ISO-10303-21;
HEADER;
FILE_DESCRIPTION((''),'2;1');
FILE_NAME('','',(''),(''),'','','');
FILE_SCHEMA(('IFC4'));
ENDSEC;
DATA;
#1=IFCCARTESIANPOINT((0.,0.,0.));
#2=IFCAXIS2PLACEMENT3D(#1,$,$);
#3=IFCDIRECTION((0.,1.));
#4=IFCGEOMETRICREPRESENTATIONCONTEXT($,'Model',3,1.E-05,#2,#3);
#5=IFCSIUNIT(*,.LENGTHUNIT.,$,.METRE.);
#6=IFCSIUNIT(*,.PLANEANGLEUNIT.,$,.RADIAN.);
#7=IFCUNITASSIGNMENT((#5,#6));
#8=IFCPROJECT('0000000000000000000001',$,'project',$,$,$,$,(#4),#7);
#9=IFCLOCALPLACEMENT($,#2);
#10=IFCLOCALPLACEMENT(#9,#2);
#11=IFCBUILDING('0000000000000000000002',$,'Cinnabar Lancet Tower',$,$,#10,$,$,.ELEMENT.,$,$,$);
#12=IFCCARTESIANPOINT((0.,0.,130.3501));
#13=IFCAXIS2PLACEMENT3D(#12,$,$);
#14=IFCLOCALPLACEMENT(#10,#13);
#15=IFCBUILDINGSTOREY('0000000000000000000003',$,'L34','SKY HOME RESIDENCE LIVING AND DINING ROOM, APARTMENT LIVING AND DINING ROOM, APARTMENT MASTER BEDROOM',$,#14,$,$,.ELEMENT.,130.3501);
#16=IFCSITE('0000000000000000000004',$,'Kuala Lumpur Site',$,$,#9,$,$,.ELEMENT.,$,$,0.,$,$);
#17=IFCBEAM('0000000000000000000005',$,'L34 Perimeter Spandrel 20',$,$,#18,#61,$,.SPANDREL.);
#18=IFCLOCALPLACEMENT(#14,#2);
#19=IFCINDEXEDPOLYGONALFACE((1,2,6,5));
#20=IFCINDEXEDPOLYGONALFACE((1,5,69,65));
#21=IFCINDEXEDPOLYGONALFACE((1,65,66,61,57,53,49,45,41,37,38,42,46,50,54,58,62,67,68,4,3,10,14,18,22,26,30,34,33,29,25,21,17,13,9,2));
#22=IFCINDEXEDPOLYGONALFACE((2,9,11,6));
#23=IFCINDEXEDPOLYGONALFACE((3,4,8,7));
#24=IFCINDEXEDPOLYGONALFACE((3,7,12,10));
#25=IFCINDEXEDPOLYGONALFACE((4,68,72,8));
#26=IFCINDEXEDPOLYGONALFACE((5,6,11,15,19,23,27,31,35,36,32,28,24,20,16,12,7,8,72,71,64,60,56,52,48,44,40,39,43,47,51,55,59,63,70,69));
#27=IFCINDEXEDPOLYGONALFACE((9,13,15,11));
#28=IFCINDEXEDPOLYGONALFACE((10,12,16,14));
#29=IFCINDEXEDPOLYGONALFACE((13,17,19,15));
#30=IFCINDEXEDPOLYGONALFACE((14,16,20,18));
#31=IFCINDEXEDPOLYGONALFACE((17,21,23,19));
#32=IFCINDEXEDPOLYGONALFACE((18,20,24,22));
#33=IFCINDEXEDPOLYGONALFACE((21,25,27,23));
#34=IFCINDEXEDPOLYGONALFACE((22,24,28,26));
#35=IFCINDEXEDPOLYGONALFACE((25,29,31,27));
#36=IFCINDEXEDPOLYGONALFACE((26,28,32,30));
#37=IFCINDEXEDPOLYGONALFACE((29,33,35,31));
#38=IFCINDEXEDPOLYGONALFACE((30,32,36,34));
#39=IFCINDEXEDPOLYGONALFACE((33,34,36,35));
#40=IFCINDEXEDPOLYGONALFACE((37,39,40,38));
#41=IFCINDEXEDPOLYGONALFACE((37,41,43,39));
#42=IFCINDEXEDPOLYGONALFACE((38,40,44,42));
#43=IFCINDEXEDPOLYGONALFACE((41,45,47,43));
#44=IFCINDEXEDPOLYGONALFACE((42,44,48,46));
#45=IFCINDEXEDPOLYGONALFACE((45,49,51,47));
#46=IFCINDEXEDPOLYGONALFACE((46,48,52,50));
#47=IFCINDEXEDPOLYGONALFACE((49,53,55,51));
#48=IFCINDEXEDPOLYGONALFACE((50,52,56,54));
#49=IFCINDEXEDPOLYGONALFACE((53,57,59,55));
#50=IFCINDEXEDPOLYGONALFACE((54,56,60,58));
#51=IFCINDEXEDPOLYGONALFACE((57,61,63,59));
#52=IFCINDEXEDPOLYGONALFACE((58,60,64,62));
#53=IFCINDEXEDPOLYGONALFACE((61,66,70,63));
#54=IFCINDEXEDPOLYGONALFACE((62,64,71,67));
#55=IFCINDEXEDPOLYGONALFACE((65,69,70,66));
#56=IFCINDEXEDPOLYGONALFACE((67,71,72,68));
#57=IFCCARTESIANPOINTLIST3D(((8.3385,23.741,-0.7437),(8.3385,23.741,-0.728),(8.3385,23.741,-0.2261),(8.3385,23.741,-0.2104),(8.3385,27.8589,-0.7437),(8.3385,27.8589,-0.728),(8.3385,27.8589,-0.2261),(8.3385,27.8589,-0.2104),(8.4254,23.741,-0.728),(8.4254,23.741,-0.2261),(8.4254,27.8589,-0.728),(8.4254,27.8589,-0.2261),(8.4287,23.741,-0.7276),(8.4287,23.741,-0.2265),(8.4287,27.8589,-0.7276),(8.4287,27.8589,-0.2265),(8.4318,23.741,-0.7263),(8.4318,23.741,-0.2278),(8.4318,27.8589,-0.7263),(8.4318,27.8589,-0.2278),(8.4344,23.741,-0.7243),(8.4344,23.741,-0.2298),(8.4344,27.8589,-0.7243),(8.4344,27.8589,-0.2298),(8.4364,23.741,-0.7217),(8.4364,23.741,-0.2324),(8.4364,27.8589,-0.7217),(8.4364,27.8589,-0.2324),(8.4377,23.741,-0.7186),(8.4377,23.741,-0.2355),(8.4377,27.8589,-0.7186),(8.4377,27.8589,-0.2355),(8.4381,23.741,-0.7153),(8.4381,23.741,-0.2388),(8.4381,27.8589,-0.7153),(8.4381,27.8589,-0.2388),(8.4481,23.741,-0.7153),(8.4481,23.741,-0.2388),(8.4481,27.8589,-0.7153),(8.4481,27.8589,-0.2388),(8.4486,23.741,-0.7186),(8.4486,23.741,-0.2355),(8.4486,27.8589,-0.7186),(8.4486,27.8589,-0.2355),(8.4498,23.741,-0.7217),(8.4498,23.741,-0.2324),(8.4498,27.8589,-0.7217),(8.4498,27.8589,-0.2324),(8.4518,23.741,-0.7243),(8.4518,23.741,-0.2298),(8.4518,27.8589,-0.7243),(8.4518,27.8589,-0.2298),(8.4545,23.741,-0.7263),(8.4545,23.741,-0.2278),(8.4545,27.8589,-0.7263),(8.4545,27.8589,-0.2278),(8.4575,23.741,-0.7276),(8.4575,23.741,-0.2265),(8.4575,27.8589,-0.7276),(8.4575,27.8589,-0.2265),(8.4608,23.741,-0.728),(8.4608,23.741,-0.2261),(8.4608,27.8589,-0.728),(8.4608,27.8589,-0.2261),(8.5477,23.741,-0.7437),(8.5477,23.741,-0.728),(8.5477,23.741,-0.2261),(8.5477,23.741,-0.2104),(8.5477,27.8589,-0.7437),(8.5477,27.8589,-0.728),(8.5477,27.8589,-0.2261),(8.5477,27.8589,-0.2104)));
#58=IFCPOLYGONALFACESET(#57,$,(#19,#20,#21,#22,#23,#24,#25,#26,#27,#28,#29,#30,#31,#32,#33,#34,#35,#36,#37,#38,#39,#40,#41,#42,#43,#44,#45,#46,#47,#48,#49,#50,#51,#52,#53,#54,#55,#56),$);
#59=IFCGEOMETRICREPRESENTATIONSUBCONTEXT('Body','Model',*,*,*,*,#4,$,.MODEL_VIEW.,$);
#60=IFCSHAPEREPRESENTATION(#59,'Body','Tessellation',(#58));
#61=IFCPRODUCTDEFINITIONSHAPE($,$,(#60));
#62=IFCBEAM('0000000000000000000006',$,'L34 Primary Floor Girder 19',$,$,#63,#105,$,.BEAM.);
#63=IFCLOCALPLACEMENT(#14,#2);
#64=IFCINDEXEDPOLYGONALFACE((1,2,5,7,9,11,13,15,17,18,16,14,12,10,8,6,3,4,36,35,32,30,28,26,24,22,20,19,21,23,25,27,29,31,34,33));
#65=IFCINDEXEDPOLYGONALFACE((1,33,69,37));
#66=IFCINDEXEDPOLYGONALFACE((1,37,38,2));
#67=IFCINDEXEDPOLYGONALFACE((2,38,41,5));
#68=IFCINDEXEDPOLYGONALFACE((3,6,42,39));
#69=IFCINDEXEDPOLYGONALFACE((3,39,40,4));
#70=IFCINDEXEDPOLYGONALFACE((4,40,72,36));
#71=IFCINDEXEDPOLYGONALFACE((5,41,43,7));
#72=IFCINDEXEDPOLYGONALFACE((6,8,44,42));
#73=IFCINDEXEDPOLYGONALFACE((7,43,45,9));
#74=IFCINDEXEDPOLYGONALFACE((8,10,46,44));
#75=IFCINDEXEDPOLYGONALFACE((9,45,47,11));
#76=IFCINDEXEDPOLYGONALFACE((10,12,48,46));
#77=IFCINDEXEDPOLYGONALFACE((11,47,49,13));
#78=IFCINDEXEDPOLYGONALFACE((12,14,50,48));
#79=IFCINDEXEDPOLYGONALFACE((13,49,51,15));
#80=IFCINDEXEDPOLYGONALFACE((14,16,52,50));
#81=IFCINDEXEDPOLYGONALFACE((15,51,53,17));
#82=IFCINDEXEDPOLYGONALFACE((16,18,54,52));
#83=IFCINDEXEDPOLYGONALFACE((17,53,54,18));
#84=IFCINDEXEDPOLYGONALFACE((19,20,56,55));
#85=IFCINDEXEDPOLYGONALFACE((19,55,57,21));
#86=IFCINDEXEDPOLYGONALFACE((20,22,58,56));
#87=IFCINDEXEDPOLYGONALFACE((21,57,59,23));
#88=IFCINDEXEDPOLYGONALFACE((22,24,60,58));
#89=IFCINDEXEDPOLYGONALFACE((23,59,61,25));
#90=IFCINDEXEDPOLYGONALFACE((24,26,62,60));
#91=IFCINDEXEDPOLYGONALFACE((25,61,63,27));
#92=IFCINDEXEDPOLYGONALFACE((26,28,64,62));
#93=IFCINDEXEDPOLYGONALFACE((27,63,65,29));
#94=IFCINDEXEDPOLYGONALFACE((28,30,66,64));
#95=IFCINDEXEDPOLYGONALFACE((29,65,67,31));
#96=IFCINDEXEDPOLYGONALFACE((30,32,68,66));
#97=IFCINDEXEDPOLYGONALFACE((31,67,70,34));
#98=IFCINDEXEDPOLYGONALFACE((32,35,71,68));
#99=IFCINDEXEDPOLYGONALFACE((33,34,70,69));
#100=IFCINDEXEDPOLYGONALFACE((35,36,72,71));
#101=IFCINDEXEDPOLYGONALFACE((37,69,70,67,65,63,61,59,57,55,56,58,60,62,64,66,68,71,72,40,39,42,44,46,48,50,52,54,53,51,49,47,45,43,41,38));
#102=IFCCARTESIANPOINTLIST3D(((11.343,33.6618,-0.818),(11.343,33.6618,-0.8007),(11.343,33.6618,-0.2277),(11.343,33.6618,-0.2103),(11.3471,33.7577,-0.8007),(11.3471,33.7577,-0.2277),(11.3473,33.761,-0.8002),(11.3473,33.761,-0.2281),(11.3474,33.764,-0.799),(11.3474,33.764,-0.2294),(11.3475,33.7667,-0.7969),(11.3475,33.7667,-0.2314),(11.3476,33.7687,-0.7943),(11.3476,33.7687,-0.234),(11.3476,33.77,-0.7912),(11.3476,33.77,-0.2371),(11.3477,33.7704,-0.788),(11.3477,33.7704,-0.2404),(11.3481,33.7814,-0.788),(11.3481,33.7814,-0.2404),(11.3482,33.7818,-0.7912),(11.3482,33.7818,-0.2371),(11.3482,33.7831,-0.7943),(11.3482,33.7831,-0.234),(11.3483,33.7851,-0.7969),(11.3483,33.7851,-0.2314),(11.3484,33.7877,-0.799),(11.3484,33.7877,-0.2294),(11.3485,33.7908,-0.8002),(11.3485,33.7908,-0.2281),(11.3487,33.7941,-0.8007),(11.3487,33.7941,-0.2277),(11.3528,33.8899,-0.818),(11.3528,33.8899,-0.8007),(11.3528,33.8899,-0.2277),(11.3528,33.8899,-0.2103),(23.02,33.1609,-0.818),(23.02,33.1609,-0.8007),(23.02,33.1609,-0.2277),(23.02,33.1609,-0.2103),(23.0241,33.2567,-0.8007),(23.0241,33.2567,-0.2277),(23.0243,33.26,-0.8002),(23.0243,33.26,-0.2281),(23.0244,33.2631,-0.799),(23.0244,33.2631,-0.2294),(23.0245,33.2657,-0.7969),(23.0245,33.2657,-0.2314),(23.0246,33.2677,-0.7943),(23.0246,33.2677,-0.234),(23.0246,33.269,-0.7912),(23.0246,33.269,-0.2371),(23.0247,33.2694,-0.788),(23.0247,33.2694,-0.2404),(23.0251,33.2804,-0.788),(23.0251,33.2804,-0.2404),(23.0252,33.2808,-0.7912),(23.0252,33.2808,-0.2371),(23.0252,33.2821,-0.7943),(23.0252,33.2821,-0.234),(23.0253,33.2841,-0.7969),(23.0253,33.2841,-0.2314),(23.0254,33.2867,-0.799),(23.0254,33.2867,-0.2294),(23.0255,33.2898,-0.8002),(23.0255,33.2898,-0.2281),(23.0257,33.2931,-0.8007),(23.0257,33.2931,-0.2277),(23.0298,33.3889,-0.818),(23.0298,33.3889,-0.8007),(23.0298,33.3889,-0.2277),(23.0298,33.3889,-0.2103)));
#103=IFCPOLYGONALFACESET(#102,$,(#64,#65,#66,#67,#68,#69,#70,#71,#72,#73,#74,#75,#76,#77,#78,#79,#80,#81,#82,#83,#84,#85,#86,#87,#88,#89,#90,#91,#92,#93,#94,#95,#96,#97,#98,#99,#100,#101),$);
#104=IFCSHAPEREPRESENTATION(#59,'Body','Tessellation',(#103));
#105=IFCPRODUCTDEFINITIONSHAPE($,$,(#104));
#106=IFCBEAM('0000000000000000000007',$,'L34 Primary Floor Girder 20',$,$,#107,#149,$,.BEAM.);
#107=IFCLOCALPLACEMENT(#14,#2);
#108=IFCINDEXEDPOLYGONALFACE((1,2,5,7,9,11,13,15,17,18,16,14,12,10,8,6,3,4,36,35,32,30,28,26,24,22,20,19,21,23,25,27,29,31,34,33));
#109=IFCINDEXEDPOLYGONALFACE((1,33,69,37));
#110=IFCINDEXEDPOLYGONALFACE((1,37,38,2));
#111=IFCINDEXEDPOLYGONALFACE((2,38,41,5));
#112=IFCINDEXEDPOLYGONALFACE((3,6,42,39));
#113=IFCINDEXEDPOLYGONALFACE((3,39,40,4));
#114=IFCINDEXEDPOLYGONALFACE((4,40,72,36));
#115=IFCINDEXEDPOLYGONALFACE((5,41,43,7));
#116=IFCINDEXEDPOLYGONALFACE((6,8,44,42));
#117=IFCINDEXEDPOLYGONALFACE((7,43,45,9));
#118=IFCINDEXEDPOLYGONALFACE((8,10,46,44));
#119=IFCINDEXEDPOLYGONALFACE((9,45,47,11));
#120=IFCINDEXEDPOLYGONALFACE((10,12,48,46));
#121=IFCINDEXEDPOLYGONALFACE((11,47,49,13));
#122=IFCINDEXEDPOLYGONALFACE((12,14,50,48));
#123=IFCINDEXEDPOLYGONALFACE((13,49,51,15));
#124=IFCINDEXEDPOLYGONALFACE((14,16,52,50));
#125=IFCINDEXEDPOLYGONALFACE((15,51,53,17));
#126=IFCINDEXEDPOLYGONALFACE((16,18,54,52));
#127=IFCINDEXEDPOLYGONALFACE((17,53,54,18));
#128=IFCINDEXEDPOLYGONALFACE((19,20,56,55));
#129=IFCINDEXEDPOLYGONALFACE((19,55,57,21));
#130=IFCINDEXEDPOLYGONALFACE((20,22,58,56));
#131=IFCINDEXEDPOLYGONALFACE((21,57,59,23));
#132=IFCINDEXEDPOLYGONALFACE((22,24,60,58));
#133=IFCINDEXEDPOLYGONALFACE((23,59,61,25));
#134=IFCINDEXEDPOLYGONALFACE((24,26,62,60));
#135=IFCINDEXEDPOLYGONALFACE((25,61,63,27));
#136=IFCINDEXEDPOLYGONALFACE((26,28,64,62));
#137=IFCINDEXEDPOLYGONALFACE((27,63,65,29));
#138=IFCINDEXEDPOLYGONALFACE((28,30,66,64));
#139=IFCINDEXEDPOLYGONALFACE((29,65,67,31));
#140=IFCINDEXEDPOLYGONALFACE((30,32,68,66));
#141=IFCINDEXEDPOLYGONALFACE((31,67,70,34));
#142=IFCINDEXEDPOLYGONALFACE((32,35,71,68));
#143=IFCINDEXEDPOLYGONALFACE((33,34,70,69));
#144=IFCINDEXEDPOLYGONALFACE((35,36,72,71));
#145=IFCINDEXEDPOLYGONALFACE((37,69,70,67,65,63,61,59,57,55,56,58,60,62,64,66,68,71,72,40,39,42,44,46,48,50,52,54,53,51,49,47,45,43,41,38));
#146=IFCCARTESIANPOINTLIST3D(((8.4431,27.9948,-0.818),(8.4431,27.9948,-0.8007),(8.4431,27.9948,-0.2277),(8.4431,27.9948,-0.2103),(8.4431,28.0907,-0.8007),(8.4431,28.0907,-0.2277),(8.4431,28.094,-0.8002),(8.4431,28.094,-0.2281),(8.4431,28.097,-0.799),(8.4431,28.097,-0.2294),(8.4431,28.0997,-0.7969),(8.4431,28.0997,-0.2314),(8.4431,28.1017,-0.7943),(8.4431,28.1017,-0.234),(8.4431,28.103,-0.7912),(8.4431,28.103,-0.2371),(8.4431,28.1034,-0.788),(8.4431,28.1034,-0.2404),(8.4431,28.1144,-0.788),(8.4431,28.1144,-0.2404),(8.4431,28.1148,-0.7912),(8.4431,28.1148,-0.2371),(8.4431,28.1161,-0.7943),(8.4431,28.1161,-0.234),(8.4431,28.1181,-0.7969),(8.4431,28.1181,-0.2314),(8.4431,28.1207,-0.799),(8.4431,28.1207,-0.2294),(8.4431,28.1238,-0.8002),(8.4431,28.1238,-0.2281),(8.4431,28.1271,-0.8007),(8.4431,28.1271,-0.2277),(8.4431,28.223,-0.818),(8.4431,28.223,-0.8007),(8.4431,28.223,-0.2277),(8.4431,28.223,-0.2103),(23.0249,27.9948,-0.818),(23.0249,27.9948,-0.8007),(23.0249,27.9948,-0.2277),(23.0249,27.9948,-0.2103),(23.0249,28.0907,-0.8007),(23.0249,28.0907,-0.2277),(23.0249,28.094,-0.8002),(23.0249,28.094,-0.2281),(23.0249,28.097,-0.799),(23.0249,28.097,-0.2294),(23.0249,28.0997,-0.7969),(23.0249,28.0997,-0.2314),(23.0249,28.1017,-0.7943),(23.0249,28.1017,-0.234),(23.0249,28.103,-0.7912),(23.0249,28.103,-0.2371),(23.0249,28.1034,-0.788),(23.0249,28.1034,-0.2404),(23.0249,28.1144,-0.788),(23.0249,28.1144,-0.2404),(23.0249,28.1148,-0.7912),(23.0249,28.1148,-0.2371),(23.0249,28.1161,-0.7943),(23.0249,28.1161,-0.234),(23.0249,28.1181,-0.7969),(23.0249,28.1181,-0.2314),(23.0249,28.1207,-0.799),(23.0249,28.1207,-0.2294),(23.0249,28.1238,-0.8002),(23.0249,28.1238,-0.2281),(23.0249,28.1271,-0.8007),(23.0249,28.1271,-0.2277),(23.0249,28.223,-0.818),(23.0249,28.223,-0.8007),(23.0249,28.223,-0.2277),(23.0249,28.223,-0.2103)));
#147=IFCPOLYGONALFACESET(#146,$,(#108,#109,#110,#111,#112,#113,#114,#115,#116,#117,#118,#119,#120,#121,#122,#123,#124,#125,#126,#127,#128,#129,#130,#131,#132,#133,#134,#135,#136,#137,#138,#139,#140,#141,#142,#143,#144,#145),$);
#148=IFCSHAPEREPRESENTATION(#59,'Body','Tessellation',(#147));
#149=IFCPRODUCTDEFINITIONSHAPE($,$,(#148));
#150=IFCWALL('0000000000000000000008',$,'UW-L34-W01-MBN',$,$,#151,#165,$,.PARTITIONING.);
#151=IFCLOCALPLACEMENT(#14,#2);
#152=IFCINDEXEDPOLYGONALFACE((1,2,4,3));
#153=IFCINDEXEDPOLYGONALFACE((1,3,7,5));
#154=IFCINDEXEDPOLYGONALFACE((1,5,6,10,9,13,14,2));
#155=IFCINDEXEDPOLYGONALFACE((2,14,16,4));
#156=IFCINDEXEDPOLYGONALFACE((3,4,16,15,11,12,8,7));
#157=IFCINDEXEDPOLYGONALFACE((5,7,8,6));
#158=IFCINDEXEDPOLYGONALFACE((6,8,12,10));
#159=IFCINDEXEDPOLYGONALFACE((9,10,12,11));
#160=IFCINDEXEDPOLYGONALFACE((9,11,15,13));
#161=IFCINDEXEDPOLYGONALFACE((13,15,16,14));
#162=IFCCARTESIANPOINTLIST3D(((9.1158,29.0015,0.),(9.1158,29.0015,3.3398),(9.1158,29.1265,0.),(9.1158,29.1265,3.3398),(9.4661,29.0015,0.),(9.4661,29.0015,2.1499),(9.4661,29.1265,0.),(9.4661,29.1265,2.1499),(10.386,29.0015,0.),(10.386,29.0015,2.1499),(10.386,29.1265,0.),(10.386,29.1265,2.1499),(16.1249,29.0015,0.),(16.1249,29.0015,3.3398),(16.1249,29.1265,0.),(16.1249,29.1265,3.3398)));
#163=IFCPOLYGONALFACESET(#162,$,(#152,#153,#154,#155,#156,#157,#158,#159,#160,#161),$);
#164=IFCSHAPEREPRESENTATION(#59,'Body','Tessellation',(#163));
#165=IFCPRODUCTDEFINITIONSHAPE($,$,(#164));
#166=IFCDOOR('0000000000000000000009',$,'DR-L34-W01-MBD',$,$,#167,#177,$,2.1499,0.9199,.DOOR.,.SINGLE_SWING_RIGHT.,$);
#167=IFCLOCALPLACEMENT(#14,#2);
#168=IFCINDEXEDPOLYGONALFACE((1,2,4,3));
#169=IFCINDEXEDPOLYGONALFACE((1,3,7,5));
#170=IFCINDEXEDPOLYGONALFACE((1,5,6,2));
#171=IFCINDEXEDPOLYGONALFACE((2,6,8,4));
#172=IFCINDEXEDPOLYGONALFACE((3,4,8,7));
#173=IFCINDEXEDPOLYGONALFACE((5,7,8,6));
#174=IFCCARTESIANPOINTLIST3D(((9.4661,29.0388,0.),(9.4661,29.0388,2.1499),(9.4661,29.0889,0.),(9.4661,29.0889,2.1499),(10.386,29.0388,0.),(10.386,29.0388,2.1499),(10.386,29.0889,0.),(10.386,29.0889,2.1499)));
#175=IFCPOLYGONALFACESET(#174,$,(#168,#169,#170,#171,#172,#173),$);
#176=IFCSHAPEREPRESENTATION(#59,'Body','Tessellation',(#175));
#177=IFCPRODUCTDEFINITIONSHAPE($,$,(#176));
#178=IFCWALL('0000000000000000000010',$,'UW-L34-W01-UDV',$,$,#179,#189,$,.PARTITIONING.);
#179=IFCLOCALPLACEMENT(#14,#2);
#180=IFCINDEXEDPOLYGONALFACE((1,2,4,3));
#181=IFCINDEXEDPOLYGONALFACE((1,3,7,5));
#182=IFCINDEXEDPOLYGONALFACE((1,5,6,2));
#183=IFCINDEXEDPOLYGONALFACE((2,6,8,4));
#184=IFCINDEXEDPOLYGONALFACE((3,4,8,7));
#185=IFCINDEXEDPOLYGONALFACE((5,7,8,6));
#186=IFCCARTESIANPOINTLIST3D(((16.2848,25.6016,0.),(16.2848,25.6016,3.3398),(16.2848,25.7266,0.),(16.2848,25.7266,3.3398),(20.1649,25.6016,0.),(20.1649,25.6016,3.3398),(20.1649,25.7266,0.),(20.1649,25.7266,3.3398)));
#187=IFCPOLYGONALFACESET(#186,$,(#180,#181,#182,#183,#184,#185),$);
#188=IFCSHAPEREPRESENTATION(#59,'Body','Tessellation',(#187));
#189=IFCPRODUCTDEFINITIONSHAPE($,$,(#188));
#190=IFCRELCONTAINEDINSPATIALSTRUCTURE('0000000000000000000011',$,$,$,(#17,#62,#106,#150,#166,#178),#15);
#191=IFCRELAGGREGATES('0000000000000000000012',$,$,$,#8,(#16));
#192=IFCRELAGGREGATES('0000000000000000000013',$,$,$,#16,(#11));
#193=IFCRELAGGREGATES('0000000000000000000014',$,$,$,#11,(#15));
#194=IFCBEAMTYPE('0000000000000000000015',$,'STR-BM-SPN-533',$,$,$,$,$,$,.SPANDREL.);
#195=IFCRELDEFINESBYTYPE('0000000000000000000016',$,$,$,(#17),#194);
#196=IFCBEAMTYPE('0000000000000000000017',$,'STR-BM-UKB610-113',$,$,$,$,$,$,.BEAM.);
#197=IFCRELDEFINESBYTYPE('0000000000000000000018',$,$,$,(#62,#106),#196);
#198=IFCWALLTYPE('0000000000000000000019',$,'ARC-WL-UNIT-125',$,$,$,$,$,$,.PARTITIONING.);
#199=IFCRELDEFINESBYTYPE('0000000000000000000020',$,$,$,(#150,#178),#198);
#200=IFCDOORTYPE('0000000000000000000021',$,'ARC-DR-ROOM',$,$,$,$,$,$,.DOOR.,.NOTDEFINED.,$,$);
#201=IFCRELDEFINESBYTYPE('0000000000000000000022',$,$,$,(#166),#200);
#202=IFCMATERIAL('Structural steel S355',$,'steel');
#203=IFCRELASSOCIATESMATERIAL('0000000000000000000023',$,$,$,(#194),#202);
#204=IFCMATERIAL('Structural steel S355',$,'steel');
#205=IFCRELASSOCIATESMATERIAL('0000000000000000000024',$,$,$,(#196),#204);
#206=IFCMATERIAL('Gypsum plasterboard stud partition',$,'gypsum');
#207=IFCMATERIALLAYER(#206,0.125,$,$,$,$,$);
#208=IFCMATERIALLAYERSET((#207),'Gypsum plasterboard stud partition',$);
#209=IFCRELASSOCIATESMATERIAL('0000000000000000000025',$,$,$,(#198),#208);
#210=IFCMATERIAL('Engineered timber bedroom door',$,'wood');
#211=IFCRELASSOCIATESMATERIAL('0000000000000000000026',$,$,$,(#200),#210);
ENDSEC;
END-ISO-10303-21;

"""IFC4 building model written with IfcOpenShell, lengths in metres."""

from ifc_helpers import new_model, si_unit, direction, frame, frame_2d, origin, origin_2d, place, context, subcontext, project, spatial, rectangle, i_section, extrude, material, layer, layer_set, material_profile, profile_set, type_object, element, fill, save


model = new_model("IFC4")

# Units and contexts
model_context = context("Model", 3, precision=1e-05, world=origin(), true_north=direction((0.0, 1.0)))
body_context = subcontext(model_context, "Body", "Model", "MODEL_VIEW")
ifc_project = project(units=[si_unit("LENGTHUNIT", "METRE"), si_unit("PLANEANGLEUNIT", "RADIAN")], contexts=[model_context])

# Site, building, storey
site_placement = place(None, origin())
site = spatial("IfcSite", under=ifc_project, at=site_placement, Name="Kuala Lumpur Site", CompositionType="ELEMENT", RefElevation=0.0)
building_placement = place(site_placement, origin())
building = spatial("IfcBuilding", under=site, at=building_placement, Name="Cinnabar Lancet Tower", CompositionType="ELEMENT")
storey_placement = place(building_placement, frame((0.0, 0.0, 130.3501)))
storey = spatial("IfcBuildingStorey", under=building, at=storey_placement, Name="L34", Description="SKY HOME RESIDENCE LIVING AND DINING ROOM, APARTMENT LIVING AND DINING ROOM, APARTMENT MASTER BEDROOM", CompositionType="ELEMENT", Elevation=130.3501)

# Beams
ifc_material_1 = material(Name="Structural steel S355", Category="steel")
ifc_material_profile_1 = material_profile(ifc_material_1, i_section(OverallWidth=0.2092, OverallDepth=0.5332, WebThickness=0.01, FlangeThickness=0.0156, FilletRadius=0.0127, at=origin_2d()), Name="UKB 533x210x92")
ifc_profile_set_1 = profile_set([ifc_material_profile_1], Name="Structural steel S355")
beam_type_1 = type_object("IfcBeamType", Name="STR-BM-SPN-533", PredefinedType="SPANDREL", material=ifc_profile_set_1)
beam_1_placement = place(storey_placement, frame((8.4431, 27.8589, -0.4771), z_axis=(0.0, -1.0, 0.0), x_axis=(1.0, 0.0, 0.0)))
element("IfcBeam", 1, at=beam_1_placement, inside=storey, type_object=beam_type_1, Name="L34 Perimeter Spandrel 20", PredefinedType="SPANDREL", context=body_context, shape_type="SweptSolid", body=[
    extrude(i_section(OverallWidth=0.2092, OverallDepth=0.5332, WebThickness=0.01, FlangeThickness=0.0156, FilletRadius=0.0127, at=origin_2d()), origin(), (0.0, 0.0, 1.0), 4.1179),
])
ifc_material_2 = material(Name="Structural steel S355", Category="steel")
ifc_material_profile_2 = material_profile(ifc_material_2, i_section(OverallWidth=0.2283, OverallDepth=0.6077, WebThickness=0.011, FlangeThickness=0.0173, FilletRadius=0.0127, at=origin_2d()), Name="UKB 610x229x113")
ifc_profile_set_2 = profile_set([ifc_material_profile_2], Name="Structural steel S355")
beam_type_2 = type_object("IfcBeamType", Name="STR-BM-UKB610-113", PredefinedType="BEAM", material=ifc_profile_set_2)
beam_2_placement = place(storey_placement, frame((11.3479, 33.7759, -0.5142), z_axis=(0.999081, -0.042863, 0.0), x_axis=(0.042863, 0.999081, 0.0)))
element("IfcBeam", 2, at=beam_2_placement, inside=storey, type_object=beam_type_2, Name="L34 Primary Floor Girder 19", PredefinedType="BEAM", context=body_context, shape_type="SweptSolid", body=[
    extrude(i_section(OverallWidth=0.2283, OverallDepth=0.6077, WebThickness=0.011, FlangeThickness=0.0173, FilletRadius=0.0127, at=origin_2d()), origin(), (0.0, 0.0, 1.0), 11.6877),
])
beam_3_placement = place(storey_placement, frame((8.4431, 28.1089, -0.5142), z_axis=(1.0, 0.0, 0.0), x_axis=(0.0, 1.0, 0.0)))
element("IfcBeam", 3, at=beam_3_placement, inside=storey, type_object=beam_type_2, Name="L34 Primary Floor Girder 20", PredefinedType="BEAM", context=body_context, shape_type="SweptSolid", body=[
    extrude(i_section(OverallWidth=0.2283, OverallDepth=0.6077, WebThickness=0.011, FlangeThickness=0.0173, FilletRadius=0.0127, at=origin_2d()), origin(), (0.0, 0.0, 1.0), 14.5818),
])

# Wall, opening, door
ifc_material_3 = material(Name="Gypsum plasterboard stud partition", Category="gypsum")
ifc_layer_1 = layer(ifc_material_3, 0.125)
ifc_layer_set_1 = layer_set([ifc_layer_1], Name="Gypsum plasterboard stud partition")
wall_type_1 = type_object("IfcWallType", Name="ARC-WL-UNIT-125", PredefinedType="PARTITIONING", material=ifc_layer_set_1)
wall_1_placement = place(storey_placement, frame((9.116, 29.064, 0.0), z_axis=(0.0, 0.0, 1.0), x_axis=(1.0, 0.0, 0.0)))
wall_1 = element("IfcWall", 4, at=wall_1_placement, inside=storey, type_object=wall_type_1, Name="UW-L34-W01-MBN", PredefinedType="PARTITIONING", context=body_context, shape_type="SweptSolid", body=[
    extrude(rectangle(XDim=7.009, YDim=0.125, at=frame_2d((3.5044, 0.0))), origin(), (0.0, 0.0, 1.0), 3.3398),
])
opening_1_placement = place(wall_1_placement, frame((0.3501, 0.0, 0.0)))
opening_1 = element("IfcOpeningElement", 5, at=opening_1_placement, cuts=wall_1, PredefinedType="OPENING", context=body_context, shape_type="SweptSolid", body=[
    extrude(rectangle(XDim=0.9199, YDim=2.1499, at=frame_2d((0.46, 1.075))), frame((0.0, 0.0725, 0.0), z_axis=(0.0, -1.0, 0.0), x_axis=(1.0, 0.0, 0.0)), (0.0, 0.0, 1.0), 0.145),
])
ifc_material_4 = material(Name="Engineered timber bedroom door", Category="wood")
door_type_1 = type_object("IfcDoorType", Name="ARC-DR-ROOM", OperationType="NOTDEFINED", PredefinedType="DOOR", material=ifc_material_4)
door_1_placement = place(opening_1_placement, origin())
door_1 = element("IfcDoor", 6, at=door_1_placement, inside=storey, type_object=door_type_1, Name="DR-L34-W01-MBD", OperationType="SINGLE_SWING_RIGHT", OverallHeight=2.1499, OverallWidth=0.9199, PredefinedType="DOOR", context=body_context, shape_type="SweptSolid", body=[
    extrude(rectangle(XDim=0.9199, YDim=2.1499, at=frame_2d((0.46, 1.075))), frame((0.0, 0.0249, 0.0), z_axis=(0.0, -1.0, 0.0), x_axis=(1.0, 0.0, 0.0)), (0.0, 0.0, 1.0), 0.05),
])
fill(opening_1, door_1)

# Wall
wall_2_placement = place(storey_placement, frame((16.2849, 25.6641, 0.0), z_axis=(0.0, 0.0, 1.0), x_axis=(1.0, 0.0, 0.0)))
element("IfcWall", 7, at=wall_2_placement, inside=storey, type_object=wall_type_1, Name="UW-L34-W01-UDV", PredefinedType="PARTITIONING", context=body_context, shape_type="SweptSolid", body=[
    extrude(rectangle(XDim=3.8801, YDim=0.125, at=frame_2d((1.9399, 0.0))), origin(), (0.0, 0.0, 1.0), 3.3398),
])

save(model, "model.ifc")
